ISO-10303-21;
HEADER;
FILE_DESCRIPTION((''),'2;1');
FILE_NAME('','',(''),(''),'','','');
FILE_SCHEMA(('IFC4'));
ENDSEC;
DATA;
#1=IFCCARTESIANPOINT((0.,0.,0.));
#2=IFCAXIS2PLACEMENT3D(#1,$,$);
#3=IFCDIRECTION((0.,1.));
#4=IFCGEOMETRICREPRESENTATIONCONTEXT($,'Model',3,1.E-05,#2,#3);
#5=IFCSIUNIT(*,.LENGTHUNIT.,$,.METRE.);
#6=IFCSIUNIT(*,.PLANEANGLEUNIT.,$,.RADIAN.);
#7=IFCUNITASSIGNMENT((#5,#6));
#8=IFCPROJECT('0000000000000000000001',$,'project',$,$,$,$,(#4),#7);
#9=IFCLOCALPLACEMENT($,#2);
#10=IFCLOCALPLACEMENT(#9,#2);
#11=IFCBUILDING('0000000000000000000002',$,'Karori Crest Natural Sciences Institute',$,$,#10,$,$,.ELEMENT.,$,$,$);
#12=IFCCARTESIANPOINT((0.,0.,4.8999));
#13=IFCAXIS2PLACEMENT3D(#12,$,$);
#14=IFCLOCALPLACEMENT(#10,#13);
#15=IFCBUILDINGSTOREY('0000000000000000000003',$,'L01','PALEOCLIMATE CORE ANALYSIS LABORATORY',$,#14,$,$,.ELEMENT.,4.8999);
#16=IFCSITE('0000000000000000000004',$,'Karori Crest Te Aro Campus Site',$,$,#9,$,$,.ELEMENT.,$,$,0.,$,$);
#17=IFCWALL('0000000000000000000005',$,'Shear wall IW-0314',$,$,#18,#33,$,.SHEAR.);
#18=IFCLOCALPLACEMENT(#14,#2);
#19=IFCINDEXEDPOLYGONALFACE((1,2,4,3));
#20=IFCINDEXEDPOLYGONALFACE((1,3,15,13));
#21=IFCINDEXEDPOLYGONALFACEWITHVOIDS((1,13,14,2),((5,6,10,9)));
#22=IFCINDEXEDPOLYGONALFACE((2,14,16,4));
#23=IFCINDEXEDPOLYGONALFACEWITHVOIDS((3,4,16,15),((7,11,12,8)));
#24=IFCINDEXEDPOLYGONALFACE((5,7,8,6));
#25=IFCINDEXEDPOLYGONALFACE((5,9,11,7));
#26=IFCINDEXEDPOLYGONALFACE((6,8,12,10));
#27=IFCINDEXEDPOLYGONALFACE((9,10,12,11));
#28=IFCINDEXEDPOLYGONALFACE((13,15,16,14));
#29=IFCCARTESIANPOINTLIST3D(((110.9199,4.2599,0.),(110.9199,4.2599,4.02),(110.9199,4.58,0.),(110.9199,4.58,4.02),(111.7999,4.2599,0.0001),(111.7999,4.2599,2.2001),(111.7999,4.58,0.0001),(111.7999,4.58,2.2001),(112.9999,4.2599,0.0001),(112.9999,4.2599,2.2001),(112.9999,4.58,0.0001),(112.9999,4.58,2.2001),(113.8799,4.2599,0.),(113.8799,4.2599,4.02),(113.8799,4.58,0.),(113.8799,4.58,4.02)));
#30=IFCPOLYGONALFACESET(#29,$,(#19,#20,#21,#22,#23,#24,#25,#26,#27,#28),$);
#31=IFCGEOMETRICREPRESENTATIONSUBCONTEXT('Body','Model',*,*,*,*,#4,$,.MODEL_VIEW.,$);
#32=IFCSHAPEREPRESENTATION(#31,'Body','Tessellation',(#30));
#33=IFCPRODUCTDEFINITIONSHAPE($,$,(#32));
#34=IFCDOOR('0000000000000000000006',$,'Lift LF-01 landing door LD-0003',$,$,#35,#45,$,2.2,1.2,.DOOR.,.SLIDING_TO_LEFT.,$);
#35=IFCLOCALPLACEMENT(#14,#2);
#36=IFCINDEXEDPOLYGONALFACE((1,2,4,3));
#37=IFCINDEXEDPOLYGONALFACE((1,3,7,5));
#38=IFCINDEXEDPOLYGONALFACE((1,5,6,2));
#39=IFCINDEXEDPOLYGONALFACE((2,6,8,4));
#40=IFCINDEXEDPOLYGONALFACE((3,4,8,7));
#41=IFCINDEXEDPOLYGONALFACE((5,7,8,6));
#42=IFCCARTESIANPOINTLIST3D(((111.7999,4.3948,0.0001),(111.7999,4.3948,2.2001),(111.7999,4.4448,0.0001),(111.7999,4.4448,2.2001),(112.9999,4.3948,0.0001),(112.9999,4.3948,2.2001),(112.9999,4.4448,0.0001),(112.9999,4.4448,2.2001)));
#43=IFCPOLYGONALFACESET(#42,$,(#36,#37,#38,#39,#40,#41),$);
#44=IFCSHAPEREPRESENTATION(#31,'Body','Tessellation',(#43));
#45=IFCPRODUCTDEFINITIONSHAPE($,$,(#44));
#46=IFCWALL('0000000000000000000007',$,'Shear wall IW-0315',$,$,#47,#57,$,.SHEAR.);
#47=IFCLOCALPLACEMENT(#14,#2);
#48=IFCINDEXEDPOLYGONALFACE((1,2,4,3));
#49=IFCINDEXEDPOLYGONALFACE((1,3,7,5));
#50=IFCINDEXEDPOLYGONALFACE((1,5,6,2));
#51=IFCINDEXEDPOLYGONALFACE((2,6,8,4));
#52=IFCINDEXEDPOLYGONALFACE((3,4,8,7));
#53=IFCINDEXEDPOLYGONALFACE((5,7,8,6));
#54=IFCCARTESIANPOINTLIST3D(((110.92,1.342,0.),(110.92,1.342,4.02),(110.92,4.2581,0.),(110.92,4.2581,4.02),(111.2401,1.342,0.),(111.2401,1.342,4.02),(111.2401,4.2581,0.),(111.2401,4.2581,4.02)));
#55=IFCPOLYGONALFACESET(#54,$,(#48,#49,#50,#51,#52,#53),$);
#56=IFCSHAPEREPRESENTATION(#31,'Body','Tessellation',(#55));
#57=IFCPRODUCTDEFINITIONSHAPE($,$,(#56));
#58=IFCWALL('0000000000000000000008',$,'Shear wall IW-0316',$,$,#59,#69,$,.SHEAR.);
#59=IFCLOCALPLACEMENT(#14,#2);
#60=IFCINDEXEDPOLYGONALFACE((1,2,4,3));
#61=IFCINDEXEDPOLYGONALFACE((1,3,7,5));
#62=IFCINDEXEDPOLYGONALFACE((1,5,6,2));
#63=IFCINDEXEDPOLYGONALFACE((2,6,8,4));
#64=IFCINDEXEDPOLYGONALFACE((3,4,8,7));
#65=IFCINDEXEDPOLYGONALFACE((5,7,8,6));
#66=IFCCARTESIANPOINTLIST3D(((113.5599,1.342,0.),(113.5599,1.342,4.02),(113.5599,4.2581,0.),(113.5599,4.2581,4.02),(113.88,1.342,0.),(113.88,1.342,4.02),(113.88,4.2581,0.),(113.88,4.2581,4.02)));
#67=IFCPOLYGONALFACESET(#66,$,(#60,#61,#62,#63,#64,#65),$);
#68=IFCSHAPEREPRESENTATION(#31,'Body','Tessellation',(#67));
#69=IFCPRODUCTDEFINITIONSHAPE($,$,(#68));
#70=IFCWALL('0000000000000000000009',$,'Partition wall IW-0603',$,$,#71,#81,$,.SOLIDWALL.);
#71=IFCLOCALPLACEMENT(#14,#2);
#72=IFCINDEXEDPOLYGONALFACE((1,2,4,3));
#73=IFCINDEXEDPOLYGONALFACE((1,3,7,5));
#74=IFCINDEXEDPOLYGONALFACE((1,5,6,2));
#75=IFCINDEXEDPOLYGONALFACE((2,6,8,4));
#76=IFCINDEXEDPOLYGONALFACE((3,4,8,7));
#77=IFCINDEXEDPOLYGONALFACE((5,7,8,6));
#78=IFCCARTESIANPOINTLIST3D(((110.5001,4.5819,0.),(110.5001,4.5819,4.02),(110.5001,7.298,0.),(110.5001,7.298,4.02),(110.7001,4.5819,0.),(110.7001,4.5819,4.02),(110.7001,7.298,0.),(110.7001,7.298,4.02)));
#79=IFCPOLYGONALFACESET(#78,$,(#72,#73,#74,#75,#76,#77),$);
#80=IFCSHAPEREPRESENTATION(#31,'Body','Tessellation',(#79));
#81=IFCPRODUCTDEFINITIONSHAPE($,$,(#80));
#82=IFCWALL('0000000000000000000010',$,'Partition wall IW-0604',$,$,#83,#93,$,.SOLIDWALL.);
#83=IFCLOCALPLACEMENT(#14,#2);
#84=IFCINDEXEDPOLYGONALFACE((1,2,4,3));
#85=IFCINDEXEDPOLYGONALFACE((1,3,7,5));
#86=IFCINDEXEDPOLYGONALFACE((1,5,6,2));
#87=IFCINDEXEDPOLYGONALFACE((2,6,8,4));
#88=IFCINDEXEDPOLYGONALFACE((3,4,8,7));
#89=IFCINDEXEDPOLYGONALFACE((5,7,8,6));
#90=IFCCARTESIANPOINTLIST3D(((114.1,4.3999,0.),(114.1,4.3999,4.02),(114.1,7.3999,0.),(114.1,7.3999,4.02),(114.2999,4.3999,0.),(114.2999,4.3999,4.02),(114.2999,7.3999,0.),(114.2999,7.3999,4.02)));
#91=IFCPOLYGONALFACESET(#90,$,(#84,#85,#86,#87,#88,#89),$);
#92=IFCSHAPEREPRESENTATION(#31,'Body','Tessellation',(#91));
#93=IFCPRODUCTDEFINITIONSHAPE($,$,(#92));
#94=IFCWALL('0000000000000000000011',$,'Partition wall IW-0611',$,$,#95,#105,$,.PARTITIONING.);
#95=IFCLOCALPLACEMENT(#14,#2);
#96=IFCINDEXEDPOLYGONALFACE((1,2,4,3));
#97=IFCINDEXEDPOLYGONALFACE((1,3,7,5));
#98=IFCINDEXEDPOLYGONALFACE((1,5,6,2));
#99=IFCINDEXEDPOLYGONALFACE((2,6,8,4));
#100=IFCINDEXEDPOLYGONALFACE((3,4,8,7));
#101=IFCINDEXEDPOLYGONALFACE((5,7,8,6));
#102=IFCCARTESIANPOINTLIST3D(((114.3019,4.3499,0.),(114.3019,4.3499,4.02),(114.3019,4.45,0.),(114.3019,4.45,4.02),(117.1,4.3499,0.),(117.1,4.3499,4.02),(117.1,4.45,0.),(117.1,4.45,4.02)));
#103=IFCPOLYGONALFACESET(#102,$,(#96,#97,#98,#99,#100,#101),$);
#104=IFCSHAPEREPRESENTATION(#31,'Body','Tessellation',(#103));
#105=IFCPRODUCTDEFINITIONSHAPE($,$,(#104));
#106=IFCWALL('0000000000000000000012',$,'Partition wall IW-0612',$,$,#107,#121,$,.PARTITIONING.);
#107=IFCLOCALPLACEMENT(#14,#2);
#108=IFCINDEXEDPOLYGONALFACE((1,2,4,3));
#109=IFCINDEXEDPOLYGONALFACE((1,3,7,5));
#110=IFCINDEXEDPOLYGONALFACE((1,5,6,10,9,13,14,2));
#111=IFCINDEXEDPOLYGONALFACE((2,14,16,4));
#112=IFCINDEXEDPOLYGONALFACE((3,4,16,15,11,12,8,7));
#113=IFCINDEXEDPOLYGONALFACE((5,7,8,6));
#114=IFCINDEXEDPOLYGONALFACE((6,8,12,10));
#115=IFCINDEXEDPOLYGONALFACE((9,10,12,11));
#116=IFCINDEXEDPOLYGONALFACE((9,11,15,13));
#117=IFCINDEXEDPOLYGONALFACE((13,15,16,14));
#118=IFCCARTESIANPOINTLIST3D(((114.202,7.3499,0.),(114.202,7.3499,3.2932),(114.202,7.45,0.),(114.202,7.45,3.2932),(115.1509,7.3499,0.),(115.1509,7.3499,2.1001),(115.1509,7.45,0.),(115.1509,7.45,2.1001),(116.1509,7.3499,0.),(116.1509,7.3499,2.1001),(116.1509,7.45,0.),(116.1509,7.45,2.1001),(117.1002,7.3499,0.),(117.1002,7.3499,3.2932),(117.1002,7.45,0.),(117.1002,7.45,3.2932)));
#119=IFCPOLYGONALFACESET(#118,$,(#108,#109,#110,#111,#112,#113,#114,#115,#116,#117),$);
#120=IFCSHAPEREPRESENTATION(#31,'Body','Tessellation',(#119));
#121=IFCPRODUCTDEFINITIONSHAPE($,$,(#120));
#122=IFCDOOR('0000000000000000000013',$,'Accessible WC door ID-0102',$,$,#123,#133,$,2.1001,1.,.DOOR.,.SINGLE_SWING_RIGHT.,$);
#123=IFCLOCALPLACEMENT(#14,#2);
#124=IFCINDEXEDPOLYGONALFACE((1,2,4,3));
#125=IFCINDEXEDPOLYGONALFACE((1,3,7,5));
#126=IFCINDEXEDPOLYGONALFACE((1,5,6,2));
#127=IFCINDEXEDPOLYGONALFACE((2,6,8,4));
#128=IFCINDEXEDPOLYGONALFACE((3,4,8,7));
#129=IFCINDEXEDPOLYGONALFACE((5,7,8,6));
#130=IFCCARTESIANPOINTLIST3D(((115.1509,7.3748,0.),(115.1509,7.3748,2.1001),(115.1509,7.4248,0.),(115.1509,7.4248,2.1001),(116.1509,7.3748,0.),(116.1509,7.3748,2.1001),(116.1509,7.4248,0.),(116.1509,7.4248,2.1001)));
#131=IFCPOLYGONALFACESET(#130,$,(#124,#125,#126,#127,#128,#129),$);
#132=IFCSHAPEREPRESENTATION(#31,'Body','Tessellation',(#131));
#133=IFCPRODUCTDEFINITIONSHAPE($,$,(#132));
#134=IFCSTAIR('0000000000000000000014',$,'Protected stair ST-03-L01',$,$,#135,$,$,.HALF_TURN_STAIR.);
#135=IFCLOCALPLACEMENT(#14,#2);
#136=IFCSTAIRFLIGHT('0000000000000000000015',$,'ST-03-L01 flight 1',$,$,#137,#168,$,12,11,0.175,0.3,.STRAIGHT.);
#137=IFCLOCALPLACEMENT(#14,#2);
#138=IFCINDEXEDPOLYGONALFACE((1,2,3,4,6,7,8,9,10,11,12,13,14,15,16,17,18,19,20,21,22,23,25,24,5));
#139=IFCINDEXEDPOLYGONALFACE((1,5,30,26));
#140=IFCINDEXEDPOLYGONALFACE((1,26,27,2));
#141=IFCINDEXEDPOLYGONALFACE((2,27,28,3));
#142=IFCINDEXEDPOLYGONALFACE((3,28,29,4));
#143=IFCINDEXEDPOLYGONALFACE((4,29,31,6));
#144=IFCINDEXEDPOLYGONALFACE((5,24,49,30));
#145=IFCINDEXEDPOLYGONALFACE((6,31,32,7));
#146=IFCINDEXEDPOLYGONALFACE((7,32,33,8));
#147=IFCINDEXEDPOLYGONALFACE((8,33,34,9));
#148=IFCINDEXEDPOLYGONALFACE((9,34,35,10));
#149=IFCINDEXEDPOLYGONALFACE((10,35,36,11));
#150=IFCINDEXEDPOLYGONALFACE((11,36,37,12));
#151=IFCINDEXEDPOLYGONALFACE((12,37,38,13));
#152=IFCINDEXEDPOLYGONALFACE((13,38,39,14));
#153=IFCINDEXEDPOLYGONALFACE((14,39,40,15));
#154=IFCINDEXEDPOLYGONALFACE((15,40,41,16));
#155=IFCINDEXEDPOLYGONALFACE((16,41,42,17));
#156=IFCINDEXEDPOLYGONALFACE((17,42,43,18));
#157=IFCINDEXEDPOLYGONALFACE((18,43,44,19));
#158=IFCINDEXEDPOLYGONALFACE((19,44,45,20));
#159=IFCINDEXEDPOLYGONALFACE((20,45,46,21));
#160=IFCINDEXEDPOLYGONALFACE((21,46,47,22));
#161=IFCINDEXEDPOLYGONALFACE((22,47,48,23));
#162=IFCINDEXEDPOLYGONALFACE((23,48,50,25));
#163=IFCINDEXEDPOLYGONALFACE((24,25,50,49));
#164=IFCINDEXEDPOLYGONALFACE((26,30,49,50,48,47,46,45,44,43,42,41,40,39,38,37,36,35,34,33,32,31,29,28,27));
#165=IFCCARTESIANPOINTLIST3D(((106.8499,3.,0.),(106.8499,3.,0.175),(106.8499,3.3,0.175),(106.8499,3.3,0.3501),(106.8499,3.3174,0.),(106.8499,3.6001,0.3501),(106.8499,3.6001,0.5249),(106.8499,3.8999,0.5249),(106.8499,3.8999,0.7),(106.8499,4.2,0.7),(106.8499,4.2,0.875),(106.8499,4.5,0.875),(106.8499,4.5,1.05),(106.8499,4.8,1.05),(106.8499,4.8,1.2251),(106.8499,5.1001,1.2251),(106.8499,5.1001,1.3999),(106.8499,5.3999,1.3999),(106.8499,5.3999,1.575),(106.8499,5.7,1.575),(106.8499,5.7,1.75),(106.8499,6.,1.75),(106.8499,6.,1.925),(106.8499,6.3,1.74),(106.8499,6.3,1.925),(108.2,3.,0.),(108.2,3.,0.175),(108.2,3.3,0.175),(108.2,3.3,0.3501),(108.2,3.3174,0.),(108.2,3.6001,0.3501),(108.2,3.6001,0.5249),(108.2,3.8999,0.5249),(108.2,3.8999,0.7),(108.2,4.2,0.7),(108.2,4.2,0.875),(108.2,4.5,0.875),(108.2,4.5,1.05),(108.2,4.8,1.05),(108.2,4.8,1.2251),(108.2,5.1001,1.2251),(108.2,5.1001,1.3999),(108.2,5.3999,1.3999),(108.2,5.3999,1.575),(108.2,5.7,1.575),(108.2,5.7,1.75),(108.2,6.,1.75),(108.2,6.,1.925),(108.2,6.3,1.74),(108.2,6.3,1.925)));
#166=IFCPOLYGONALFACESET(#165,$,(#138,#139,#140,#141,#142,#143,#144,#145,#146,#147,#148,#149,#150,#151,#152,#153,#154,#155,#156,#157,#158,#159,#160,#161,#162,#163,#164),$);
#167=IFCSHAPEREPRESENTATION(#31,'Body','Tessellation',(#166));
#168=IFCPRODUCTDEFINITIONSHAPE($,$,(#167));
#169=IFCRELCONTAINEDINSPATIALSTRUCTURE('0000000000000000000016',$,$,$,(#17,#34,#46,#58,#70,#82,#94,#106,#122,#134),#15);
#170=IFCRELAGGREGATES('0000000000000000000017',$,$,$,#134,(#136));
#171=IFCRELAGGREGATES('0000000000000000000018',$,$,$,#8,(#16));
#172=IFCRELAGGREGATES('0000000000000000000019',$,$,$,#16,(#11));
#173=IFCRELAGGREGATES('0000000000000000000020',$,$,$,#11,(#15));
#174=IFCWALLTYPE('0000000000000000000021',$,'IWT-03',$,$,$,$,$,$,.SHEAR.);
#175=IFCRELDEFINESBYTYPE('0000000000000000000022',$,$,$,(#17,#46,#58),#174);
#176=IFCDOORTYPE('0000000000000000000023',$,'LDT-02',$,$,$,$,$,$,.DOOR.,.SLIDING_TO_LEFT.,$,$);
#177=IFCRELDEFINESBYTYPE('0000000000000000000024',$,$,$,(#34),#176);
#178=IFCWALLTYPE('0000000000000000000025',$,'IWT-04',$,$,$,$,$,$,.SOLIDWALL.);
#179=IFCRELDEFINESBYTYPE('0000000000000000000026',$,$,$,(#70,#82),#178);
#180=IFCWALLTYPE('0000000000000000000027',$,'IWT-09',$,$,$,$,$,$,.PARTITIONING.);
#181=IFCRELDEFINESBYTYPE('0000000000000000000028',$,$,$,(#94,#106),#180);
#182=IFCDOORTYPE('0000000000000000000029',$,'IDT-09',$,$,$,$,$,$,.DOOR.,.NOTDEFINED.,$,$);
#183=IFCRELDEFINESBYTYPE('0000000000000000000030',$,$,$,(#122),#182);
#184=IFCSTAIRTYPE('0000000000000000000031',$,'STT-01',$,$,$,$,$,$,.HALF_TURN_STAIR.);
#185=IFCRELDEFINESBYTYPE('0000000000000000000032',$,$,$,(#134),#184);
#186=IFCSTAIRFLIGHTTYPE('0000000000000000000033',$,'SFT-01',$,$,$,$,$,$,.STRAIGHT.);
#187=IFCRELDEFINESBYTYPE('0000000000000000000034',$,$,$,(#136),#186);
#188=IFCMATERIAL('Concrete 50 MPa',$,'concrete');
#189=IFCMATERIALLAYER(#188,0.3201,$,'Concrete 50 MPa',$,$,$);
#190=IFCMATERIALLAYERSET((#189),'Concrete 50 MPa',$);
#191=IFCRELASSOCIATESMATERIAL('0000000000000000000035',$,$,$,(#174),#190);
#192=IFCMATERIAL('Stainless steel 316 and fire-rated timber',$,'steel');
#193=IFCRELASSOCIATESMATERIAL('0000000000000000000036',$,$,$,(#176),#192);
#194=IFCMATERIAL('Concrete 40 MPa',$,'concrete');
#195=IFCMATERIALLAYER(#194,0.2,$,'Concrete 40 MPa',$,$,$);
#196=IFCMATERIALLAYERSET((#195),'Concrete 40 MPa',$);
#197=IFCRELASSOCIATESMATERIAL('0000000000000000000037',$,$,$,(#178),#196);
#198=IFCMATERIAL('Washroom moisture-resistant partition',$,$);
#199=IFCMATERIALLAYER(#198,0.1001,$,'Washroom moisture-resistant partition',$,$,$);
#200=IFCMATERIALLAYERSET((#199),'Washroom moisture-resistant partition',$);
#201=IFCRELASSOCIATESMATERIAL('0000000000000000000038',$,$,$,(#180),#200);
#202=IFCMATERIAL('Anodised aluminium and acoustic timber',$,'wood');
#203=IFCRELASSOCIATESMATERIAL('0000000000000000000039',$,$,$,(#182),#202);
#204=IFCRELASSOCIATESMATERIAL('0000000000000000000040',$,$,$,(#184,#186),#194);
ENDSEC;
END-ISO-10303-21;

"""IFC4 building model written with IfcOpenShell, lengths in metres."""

from ifc_helpers import new_model, si_unit, direction, frame, frame_2d, origin, place, context, subcontext, project, spatial, polyline, rectangle, outline, extrude, material, layer, layer_set, type_object, element, fill, aggregate, save


model = new_model("IFC4")

# Units and contexts
model_context = context("Model", 3, precision=1e-05, world=origin(), true_north=direction((0.0, 1.0)))
body_context = subcontext(model_context, "Body", "Model", "MODEL_VIEW")
ifc_project = project(units=[si_unit("LENGTHUNIT", "METRE"), si_unit("PLANEANGLEUNIT", "RADIAN")], contexts=[model_context])

# Site, building, storey
site_placement = place(None, origin())
site = spatial("IfcSite", under=ifc_project, at=site_placement, Name="Karori Crest Te Aro Campus Site", CompositionType="ELEMENT", RefElevation=0.0)
building_placement = place(site_placement, origin())
building = spatial("IfcBuilding", under=site, at=building_placement, Name="Karori Crest Natural Sciences Institute", CompositionType="ELEMENT")
storey_placement = place(building_placement, frame((0.0, 0.0, 4.8999)))
storey = spatial("IfcBuildingStorey", under=building, at=storey_placement, Name="L01", Description="PALEOCLIMATE CORE ANALYSIS LABORATORY", CompositionType="ELEMENT", Elevation=4.8999)

# Shared definitions
ifc_material_1 = material(Name="Concrete 50 MPa", Category="concrete")
ifc_material_2 = material(Name="Stainless steel 316 and fire-rated timber", Category="steel")

# Shared definitions
ifc_layer_1 = layer(ifc_material_1, 0.3201, Name="Concrete 50 MPa")
ifc_layer_set_1 = layer_set([ifc_layer_1], Name="Concrete 50 MPa")
wall_type_1 = type_object("IfcWallType", Name="IWT-03", PredefinedType="SHEAR", material=ifc_layer_set_1)

# Wall, opening, door
wall_1_placement = place(storey_placement, frame((110.9199, 4.4199, 0.0), z_axis=(0.0, 0.0, 1.0), x_axis=(1.0, 0.0, 0.0)))
wall_1 = element("IfcWall", 1, at=wall_1_placement, inside=storey, type_object=wall_type_1, Name="Shear wall IW-0314", PredefinedType="SHEAR", context=body_context, shape_type="SweptSolid", body=[
    extrude(rectangle(XDim=2.96, YDim=0.3201, at=frame_2d((1.48, 0.0))), origin(), (0.0, 0.0, 1.0), 4.02),
])
opening_1_placement = place(wall_1_placement, frame((0.8799, 0.0, 0.0)))
opening_1 = element("IfcOpeningElement", 2, at=opening_1_placement, cuts=wall_1, PredefinedType="OPENING", context=body_context, shape_type="SweptSolid", body=[
    extrude(rectangle(XDim=1.2, YDim=2.2, at=frame_2d((0.6001, 1.1001))), frame((0.0, 0.1699, 0.0), z_axis=(0.0, -1.0, 0.0), x_axis=(1.0, 0.0, 0.0)), (0.0, 0.0, 1.0), 0.3401),
])
door_type_1 = type_object("IfcDoorType", Name="LDT-02", OperationType="SLIDING_TO_LEFT", PredefinedType="DOOR", material=ifc_material_2)
door_1_placement = place(opening_1_placement, origin())
door_1 = element("IfcDoor", 3, at=door_1_placement, inside=storey, type_object=door_type_1, Name="Lift LF-01 landing door LD-0003", OperationType="SLIDING_TO_LEFT", OverallHeight=2.2, OverallWidth=1.2, PredefinedType="DOOR", context=body_context, shape_type="SweptSolid", body=[
    extrude(rectangle(XDim=1.2, YDim=2.2, at=frame_2d((0.6001, 1.1001))), frame((0.0, 0.0249, 0.0), z_axis=(0.0, -1.0, 0.0), x_axis=(1.0, 0.0, 0.0)), (0.0, 0.0, 1.0), 0.05),
])
fill(opening_1, door_1)

# Walls
for number, where, z_axis, x_axis, name in (
    (4, (111.0801, 1.342, 0.0), (0.0, 0.0, 1.0), (0.0, 1.0, 0.0), "Shear wall IW-0315"),
    (5, (113.72, 1.342, 0.0), (0.0, 0.0, 1.0), (0.0, 1.0, 0.0), "Shear wall IW-0316"),
):
    element("IfcWall", number, at=place(storey_placement, frame(where, z_axis=z_axis, x_axis=x_axis)), inside=storey, type_object=wall_type_1, Name=name, PredefinedType="SHEAR", context=body_context, shape_type="SweptSolid", body=[
        extrude(rectangle(XDim=2.916, YDim=0.3201, at=frame_2d((1.458, 0.0))), origin(), (0.0, 0.0, 1.0), 4.02),
    ])

# Shared definitions
ifc_material_3 = material(Name="Concrete 40 MPa", Category="concrete")
ifc_layer_2 = layer(ifc_material_3, 0.2, Name="Concrete 40 MPa")
ifc_layer_set_2 = layer_set([ifc_layer_2], Name="Concrete 40 MPa")
wall_type_2 = type_object("IfcWallType", Name="IWT-04", PredefinedType="SOLIDWALL", material=ifc_layer_set_2)

# Walls
wall_2_placement = place(storey_placement, frame((110.6001, 4.582, 0.0), z_axis=(0.0, 0.0, 1.0), x_axis=(0.0, 1.0, 0.0)))
element("IfcWall", 6, at=wall_2_placement, inside=storey, type_object=wall_type_2, Name="Partition wall IW-0603", PredefinedType="SOLIDWALL", context=body_context, shape_type="SweptSolid", body=[
    extrude(rectangle(XDim=2.7161, YDim=0.2, at=frame_2d((1.3579, 0.0))), origin(), (0.0, 0.0, 1.0), 4.02),
])
wall_3_placement = place(storey_placement, frame((114.2, 4.3999, 0.0), z_axis=(0.0, 0.0, 1.0), x_axis=(0.0, 1.0, 0.0)))
element("IfcWall", 7, at=wall_3_placement, inside=storey, type_object=wall_type_2, Name="Partition wall IW-0604", PredefinedType="SOLIDWALL", context=body_context, shape_type="SweptSolid", body=[
    extrude(rectangle(XDim=3.0, YDim=0.2, at=frame_2d((1.5, 0.0))), origin(), (0.0, 0.0, 1.0), 4.02),
])
ifc_material_4 = material(Name="Washroom moisture-resistant partition")
ifc_layer_3 = layer(ifc_material_4, 0.1001, Name="Washroom moisture-resistant partition")
ifc_layer_set_3 = layer_set([ifc_layer_3], Name="Washroom moisture-resistant partition")
wall_type_3 = type_object("IfcWallType", Name="IWT-09", PredefinedType="PARTITIONING", material=ifc_layer_set_3)
wall_4_placement = place(storey_placement, frame((114.302, 4.3999, 0.0), z_axis=(0.0, 0.0, 1.0), x_axis=(1.0, 0.0, 0.0)))
element("IfcWall", 8, at=wall_4_placement, inside=storey, type_object=wall_type_3, Name="Partition wall IW-0611", PredefinedType="PARTITIONING", context=body_context, shape_type="SweptSolid", body=[
    extrude(rectangle(XDim=2.7981, YDim=0.1001, at=frame_2d((1.3989, 0.0))), origin(), (0.0, 0.0, 1.0), 4.02),
])

# Wall, opening, door
wall_5_placement = place(storey_placement, frame((114.2019, 7.3999, 0.0), z_axis=(0.0, 0.0, 1.0), x_axis=(1.0, 0.0, 0.0)))
wall_5 = element("IfcWall", 9, at=wall_5_placement, inside=storey, type_object=wall_type_3, Name="Partition wall IW-0612", PredefinedType="PARTITIONING", context=body_context, shape_type="SweptSolid", body=[
    extrude(rectangle(XDim=2.8982, YDim=0.1001, at=frame_2d((1.4492, 0.0))), origin(), (0.0, 0.0, 1.0), 3.2932),
])
opening_2_placement = place(wall_5_placement, frame((0.949, 0.0, 0.0)))
opening_2 = element("IfcOpeningElement", 10, at=opening_2_placement, cuts=wall_5, PredefinedType="OPENING", context=body_context, shape_type="SweptSolid", body=[
    extrude(rectangle(XDim=1.0, YDim=2.1001, at=frame_2d((0.5, 1.05))), frame((0.0, 0.0601, 0.0), z_axis=(0.0, -1.0, 0.0), x_axis=(1.0, 0.0, 0.0)), (0.0, 0.0, 1.0), 0.1201),
])
ifc_material_5 = material(Name="Anodised aluminium and acoustic timber", Category="wood")
door_type_2 = type_object("IfcDoorType", Name="IDT-09", OperationType="NOTDEFINED", PredefinedType="DOOR", material=ifc_material_5)
door_2_placement = place(opening_2_placement, origin())
door_2 = element("IfcDoor", 11, at=door_2_placement, inside=storey, type_object=door_type_2, Name="Accessible WC door ID-0102", OperationType="SINGLE_SWING_RIGHT", OverallHeight=2.1001, OverallWidth=1.0, PredefinedType="DOOR", context=body_context, shape_type="SweptSolid", body=[
    extrude(rectangle(XDim=1.0, YDim=2.1001, at=frame_2d((0.5, 1.05))), frame((0.0, 0.0249, 0.0), z_axis=(0.0, -1.0, 0.0), x_axis=(1.0, 0.0, 0.0)), (0.0, 0.0, 1.0), 0.05),
])
fill(opening_2, door_2)

# Stair, stair flight
stair_type = type_object("IfcStairType", Name="STT-01", PredefinedType="HALF_TURN_STAIR", material=ifc_material_3)
stair_placement = place(storey_placement, origin())
stair = element("IfcStair", 12, at=stair_placement, inside=storey, type_object=stair_type, Name="Protected stair ST-03-L01", PredefinedType="HALF_TURN_STAIR")
stair_flight_type = type_object("IfcStairFlightType", Name="SFT-01", PredefinedType="STRAIGHT", material=ifc_material_3)
stair_flight_placement = place(storey_placement, frame((107.5249, 3.0, 0.0), z_axis=(0.0, 0.0, 1.0), x_axis=(0.0, 1.0, 0.0)))
stair_flight = element("IfcStairFlight", 13, at=stair_flight_placement, type_object=stair_flight_type, Name="ST-03-L01 flight 1", NumberOfRisers=12, NumberOfTreads=11, PredefinedType="STRAIGHT", RiserHeight=0.175, TreadLength=0.3, context=body_context, shape_type="SweptSolid", body=[
    extrude(outline(polyline([(0.0, 0.0), (0.0, 0.175), (0.3, 0.175), (0.3, 0.3501), (0.6001, 0.3501), (0.6001, 0.5249), (0.8999, 0.5249), (0.8999, 0.7), (1.2, 0.7), (1.2, 0.875), (1.5, 0.875), (1.5, 1.05), (1.8, 1.05), (1.8, 1.2251), (2.1001, 1.2251), (2.1001, 1.3999), (2.3999, 1.3999), (2.3999, 1.575), (2.7, 1.575), (2.7, 1.75), (3.0, 1.75), (3.0, 1.925), (3.3, 1.925), (3.3, 2.1001), (3.3, 1.74), (0.3174, 0.0), (0.0, 0.0)])), frame((0.0, 0.675, 0.0), z_axis=(0.0, -1.0, 0.0), x_axis=(1.0, 0.0, 0.0)), (0.0, 0.0, 1.0), 1.3501),
])
aggregate(stair, [stair_flight])

save(model, "model.ifc")
